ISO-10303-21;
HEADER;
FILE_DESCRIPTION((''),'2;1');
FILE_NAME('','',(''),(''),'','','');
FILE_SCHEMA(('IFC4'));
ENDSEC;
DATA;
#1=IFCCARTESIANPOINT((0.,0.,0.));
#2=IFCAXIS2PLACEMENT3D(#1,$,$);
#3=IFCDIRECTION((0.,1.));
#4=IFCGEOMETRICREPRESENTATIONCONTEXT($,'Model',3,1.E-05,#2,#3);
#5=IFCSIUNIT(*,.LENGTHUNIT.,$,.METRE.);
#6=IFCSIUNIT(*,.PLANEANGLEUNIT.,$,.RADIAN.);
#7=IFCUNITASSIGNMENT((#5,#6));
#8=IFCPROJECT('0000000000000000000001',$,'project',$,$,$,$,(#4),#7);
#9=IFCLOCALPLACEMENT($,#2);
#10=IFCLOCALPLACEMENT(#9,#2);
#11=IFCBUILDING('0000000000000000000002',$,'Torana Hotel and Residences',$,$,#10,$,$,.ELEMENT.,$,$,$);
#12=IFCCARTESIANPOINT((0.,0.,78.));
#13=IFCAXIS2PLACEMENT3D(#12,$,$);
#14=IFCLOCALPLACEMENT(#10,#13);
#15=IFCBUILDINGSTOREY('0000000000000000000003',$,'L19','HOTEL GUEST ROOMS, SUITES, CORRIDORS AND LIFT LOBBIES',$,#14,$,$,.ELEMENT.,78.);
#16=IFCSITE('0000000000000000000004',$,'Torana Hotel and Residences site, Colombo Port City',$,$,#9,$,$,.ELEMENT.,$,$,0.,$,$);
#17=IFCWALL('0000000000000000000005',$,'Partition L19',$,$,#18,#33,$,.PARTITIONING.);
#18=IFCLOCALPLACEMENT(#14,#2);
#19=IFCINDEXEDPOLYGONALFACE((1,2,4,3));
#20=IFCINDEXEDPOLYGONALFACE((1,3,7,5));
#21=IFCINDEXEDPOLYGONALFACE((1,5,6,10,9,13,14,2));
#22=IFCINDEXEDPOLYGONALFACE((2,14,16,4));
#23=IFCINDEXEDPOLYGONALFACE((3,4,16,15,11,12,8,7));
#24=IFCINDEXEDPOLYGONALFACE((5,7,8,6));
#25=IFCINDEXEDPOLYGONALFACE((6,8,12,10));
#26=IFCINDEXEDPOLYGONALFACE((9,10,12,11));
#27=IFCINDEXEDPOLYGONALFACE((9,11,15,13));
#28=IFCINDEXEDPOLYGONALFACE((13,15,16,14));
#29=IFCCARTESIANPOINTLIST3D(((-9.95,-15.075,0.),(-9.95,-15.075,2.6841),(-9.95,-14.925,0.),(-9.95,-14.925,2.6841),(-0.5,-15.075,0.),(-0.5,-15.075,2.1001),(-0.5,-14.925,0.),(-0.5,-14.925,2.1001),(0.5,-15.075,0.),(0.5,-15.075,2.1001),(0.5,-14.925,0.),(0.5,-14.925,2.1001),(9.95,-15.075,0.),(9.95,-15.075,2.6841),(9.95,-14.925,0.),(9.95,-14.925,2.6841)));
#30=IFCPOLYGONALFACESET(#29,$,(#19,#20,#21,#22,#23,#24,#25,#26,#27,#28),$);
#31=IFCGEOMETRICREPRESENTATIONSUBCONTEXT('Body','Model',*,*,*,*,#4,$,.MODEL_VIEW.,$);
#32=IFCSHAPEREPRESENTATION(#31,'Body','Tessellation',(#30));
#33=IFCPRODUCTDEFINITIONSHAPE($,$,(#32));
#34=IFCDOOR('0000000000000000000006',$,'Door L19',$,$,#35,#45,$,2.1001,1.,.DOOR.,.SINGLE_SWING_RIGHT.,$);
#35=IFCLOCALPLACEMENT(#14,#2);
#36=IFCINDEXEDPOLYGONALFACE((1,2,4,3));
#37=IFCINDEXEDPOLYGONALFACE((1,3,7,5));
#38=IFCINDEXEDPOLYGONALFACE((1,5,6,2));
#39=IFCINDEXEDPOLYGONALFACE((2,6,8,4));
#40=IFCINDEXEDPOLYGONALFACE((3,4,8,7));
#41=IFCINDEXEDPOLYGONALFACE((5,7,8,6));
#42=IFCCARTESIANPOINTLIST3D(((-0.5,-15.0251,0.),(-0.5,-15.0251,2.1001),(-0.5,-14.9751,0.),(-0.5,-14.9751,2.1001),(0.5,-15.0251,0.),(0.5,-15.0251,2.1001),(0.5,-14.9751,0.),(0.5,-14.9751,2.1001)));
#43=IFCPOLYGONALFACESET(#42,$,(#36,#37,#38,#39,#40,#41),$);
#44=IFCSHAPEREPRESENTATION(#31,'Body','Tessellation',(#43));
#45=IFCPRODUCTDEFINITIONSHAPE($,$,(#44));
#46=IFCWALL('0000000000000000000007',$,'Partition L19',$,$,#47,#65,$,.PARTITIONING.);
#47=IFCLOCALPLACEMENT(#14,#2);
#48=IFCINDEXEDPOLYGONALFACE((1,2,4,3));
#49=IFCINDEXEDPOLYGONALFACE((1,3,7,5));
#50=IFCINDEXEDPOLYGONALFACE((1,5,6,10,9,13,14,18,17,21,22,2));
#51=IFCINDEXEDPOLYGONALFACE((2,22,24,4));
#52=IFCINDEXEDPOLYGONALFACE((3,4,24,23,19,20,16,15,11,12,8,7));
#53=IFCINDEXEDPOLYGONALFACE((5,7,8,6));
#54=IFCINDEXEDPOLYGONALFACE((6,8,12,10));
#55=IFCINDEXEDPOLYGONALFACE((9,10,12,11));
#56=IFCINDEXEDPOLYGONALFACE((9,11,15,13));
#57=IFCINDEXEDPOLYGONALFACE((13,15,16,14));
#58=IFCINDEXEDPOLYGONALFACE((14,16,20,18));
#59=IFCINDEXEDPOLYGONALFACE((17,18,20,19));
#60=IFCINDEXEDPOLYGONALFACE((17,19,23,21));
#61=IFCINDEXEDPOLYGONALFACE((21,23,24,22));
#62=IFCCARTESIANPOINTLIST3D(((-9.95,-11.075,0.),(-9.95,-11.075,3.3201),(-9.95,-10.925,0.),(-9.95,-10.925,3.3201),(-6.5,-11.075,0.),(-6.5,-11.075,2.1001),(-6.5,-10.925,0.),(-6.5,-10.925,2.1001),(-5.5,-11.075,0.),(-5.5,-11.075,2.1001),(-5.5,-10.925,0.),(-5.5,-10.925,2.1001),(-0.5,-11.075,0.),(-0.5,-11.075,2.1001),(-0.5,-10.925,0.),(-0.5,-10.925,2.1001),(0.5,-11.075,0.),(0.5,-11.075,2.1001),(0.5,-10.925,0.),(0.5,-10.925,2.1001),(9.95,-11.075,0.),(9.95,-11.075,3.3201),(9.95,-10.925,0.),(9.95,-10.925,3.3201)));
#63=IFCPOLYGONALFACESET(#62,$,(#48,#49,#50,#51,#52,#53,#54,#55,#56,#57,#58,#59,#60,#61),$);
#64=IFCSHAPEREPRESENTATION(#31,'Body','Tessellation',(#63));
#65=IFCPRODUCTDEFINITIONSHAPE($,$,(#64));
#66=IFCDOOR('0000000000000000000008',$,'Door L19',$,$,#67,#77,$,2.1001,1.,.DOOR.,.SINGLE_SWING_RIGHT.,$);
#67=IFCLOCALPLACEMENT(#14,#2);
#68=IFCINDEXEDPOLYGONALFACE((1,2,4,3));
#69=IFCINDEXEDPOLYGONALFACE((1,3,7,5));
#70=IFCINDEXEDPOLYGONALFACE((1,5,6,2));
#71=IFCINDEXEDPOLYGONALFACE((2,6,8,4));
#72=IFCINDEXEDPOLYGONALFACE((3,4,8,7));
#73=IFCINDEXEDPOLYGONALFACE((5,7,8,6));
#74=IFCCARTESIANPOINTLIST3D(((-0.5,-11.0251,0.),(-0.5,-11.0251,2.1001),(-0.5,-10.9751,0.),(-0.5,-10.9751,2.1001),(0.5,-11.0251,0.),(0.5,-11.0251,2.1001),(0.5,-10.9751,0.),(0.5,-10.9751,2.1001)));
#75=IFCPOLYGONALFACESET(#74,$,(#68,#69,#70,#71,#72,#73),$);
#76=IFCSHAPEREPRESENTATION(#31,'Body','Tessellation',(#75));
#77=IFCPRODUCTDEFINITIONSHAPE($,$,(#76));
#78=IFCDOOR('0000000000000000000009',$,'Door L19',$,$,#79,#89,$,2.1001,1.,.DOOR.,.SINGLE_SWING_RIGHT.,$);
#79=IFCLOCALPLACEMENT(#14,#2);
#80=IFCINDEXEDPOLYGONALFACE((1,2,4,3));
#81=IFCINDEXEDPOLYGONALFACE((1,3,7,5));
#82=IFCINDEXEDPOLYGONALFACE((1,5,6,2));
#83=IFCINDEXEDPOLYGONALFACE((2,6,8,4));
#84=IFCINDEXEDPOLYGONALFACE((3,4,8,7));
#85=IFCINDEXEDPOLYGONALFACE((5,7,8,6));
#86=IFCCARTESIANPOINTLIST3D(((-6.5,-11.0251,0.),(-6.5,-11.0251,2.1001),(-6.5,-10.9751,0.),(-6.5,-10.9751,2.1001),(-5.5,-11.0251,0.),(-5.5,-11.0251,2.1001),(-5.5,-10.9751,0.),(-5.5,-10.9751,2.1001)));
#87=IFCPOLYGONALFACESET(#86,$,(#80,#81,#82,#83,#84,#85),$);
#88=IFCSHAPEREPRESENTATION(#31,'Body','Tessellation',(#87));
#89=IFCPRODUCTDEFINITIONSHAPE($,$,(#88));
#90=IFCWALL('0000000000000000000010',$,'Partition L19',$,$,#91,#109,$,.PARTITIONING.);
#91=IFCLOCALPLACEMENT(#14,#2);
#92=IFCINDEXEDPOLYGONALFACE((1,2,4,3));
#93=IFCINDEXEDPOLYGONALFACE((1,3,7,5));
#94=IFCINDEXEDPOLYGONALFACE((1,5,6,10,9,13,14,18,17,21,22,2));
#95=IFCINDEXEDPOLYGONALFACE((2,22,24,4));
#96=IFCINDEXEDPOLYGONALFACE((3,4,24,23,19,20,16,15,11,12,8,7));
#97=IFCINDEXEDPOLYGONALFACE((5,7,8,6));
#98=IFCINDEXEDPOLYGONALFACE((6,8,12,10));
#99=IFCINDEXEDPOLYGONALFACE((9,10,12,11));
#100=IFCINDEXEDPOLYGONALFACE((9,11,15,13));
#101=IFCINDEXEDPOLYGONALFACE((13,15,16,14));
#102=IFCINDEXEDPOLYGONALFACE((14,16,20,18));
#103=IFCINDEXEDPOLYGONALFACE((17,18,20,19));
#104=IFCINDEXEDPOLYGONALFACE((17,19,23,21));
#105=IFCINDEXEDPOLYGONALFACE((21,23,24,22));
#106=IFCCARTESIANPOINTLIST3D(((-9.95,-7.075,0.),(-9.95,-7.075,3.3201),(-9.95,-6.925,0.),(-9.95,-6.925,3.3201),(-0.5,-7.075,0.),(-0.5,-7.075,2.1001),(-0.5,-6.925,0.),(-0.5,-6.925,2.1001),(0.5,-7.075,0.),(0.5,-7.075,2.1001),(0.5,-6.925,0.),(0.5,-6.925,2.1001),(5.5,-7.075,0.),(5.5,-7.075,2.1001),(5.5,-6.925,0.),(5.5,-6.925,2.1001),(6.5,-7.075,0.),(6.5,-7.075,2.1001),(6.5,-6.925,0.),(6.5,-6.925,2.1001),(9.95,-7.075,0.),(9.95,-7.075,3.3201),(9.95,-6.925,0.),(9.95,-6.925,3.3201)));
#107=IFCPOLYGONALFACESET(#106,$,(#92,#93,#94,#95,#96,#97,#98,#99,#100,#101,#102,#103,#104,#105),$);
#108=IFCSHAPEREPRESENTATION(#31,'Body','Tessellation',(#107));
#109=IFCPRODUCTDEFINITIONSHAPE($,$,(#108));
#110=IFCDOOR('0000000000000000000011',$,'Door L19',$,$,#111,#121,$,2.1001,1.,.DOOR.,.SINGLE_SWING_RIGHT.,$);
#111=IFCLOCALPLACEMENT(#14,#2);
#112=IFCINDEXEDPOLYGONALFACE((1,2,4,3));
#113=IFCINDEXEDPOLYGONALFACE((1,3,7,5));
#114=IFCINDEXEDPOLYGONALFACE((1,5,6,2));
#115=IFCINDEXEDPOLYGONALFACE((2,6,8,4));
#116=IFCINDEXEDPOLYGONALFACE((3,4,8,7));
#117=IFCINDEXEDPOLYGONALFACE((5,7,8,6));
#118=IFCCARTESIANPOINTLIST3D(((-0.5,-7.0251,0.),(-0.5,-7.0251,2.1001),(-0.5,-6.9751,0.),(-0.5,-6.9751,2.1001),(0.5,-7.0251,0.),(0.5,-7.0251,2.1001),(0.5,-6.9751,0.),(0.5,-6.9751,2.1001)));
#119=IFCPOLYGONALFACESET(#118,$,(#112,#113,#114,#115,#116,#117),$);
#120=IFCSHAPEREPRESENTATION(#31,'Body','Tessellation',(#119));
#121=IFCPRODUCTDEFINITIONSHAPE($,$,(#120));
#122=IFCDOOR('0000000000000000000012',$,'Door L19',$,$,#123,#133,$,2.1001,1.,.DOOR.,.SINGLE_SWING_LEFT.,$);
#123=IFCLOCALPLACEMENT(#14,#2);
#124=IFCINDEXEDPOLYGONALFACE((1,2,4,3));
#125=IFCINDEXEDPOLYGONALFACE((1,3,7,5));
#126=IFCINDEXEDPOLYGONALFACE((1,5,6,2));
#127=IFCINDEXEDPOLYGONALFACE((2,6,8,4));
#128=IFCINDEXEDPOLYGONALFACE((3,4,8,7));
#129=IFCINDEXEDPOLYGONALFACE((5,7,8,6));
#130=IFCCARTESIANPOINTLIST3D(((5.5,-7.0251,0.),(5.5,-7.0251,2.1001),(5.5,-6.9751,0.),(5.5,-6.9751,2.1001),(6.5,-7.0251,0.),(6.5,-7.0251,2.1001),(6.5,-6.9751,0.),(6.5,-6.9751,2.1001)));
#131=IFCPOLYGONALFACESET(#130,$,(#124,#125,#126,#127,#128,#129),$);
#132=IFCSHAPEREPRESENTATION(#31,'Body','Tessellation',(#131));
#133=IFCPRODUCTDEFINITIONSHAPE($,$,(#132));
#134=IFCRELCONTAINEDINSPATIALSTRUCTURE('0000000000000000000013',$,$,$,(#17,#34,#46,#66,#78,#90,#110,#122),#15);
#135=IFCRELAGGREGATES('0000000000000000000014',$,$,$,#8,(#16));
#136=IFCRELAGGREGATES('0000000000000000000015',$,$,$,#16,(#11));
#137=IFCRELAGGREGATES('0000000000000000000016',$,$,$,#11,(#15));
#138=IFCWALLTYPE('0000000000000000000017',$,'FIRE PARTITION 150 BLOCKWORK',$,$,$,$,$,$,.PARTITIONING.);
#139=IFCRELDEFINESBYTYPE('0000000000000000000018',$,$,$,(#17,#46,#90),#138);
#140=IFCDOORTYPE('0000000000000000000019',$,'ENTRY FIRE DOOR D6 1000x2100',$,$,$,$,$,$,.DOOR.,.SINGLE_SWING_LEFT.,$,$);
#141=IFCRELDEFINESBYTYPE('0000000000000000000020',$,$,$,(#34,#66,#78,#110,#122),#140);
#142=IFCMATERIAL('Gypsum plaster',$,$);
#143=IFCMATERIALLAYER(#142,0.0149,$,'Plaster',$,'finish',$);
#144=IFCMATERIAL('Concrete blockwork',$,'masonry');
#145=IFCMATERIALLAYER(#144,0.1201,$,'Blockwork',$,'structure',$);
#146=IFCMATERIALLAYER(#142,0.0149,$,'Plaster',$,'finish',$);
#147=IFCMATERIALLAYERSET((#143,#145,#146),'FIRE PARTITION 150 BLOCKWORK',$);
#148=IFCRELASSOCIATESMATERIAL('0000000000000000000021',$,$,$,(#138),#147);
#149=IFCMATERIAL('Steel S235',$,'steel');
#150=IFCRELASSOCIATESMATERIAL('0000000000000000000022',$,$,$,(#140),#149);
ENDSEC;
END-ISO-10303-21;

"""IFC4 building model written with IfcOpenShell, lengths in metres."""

from ifc_helpers import new_model, si_unit, direction, frame, frame_2d, origin, place, context, subcontext, project, spatial, rectangle, extrude, material, layer, layer_set, type_object, element, fill, save


model = new_model("IFC4")

# Units and contexts
model_context = context("Model", 3, precision=1e-05, world=origin(), true_north=direction((0.0, 1.0)))
body_context = subcontext(model_context, "Body", "Model", "MODEL_VIEW")
ifc_project = project(units=[si_unit("LENGTHUNIT", "METRE"), si_unit("PLANEANGLEUNIT", "RADIAN")], contexts=[model_context])

# Site, building, storey
site_placement = place(None, origin())
site = spatial("IfcSite", under=ifc_project, at=site_placement, Name="Torana Hotel and Residences site, Colombo Port City", CompositionType="ELEMENT", RefElevation=0.0)
building_placement = place(site_placement, origin())
building = spatial("IfcBuilding", under=site, at=building_placement, Name="Torana Hotel and Residences", CompositionType="ELEMENT")
storey_placement = place(building_placement, frame((0.0, 0.0, 78.0)))
storey = spatial("IfcBuildingStorey", under=building, at=storey_placement, Name="L19", Description="HOTEL GUEST ROOMS, SUITES, CORRIDORS AND LIFT LOBBIES", CompositionType="ELEMENT", Elevation=78.0)

# Shared definitions
ifc_material_1 = material(Name="Gypsum plaster")
ifc_layer_1 = layer(ifc_material_1, 0.0149, Name="Plaster", Category="finish")
ifc_material_2 = material(Name="Concrete blockwork", Category="masonry")
ifc_layer_2 = layer(ifc_material_2, 0.1201, Name="Blockwork", Category="structure")
ifc_layer_3 = layer(ifc_material_1, 0.0149, Name="Plaster", Category="finish")
ifc_layer_set_1 = layer_set([ifc_layer_1, ifc_layer_2, ifc_layer_3], Name="FIRE PARTITION 150 BLOCKWORK")
wall_type_1 = type_object("IfcWallType", Name="FIRE PARTITION 150 BLOCKWORK", PredefinedType="PARTITIONING", material=ifc_layer_set_1)

# Wall, opening, door
wall_1_placement = place(storey_placement, frame((-9.95, -15.0, 0.0), z_axis=(0.0, 0.0, 1.0), x_axis=(1.0, 0.0, 0.0)))
wall_1 = element("IfcWall", 1, at=wall_1_placement, inside=storey, type_object=wall_type_1, Name="Partition L19", PredefinedType="PARTITIONING", context=body_context, shape_type="SweptSolid", body=[
    extrude(rectangle(XDim=19.8999, YDim=0.1499, at=frame_2d((9.95, 0.0))), origin(), (0.0, 0.0, 1.0), 2.6841),
])
opening_1_placement = place(wall_1_placement, frame((9.45, 0.0, 0.0)))
opening_1 = element("IfcOpeningElement", 2, at=opening_1_placement, cuts=wall_1, PredefinedType="OPENING", context=body_context, shape_type="SweptSolid", body=[
    extrude(rectangle(XDim=1.0, YDim=2.1001, at=frame_2d((0.5, 1.05))), frame((0.0, 0.085, 0.0), z_axis=(0.0, -1.0, 0.0), x_axis=(1.0, 0.0, 0.0)), (0.0, 0.0, 1.0), 0.1699),
])
ifc_material_3 = material(Name="Steel S235", Category="steel")
door_type = type_object("IfcDoorType", Name="ENTRY FIRE DOOR D6 1000x2100", OperationType="SINGLE_SWING_LEFT", PredefinedType="DOOR", material=ifc_material_3)
door_1_placement = place(opening_1_placement, origin())
door_1 = element("IfcDoor", 3, at=door_1_placement, inside=storey, type_object=door_type, Name="Door L19", OperationType="SINGLE_SWING_RIGHT", OverallHeight=2.1001, OverallWidth=1.0, PredefinedType="DOOR", context=body_context, shape_type="SweptSolid", body=[
    extrude(rectangle(XDim=1.0, YDim=2.1001, at=frame_2d((0.5, 1.05))), frame((0.0, 0.0249, 0.0), z_axis=(0.0, -1.0, 0.0), x_axis=(1.0, 0.0, 0.0)), (0.0, 0.0, 1.0), 0.05),
])
fill(opening_1, door_1)

# Walls, openings, doors
wall_2_placement = place(storey_placement, frame((-9.95, -11.0, 0.0), z_axis=(0.0, 0.0, 1.0), x_axis=(1.0, 0.0, 0.0)))
wall_2 = element("IfcWall", 4, at=wall_2_placement, inside=storey, type_object=wall_type_1, Name="Partition L19", PredefinedType="PARTITIONING", context=body_context, shape_type="SweptSolid", body=[
    extrude(rectangle(XDim=19.8999, YDim=0.1499, at=frame_2d((9.95, 0.0))), origin(), (0.0, 0.0, 1.0), 3.3201),
])
opening_2_placement = place(wall_2_placement, frame((9.45, 0.0, 0.0)))
opening_2 = element("IfcOpeningElement", 5, at=opening_2_placement, cuts=wall_2, PredefinedType="OPENING", context=body_context, shape_type="SweptSolid", body=[
    extrude(rectangle(XDim=1.0, YDim=2.1001, at=frame_2d((0.5, 1.05))), frame((0.0, 0.085, 0.0), z_axis=(0.0, -1.0, 0.0), x_axis=(1.0, 0.0, 0.0)), (0.0, 0.0, 1.0), 0.1699),
])
opening_3_placement = place(wall_2_placement, frame((3.45, 0.0, 0.0)))
opening_3 = element("IfcOpeningElement", 6, at=opening_3_placement, cuts=wall_2, PredefinedType="OPENING", context=body_context, shape_type="SweptSolid", body=[
    extrude(rectangle(XDim=1.0, YDim=2.1001, at=frame_2d((0.5, 1.05))), frame((0.0, 0.085, 0.0), z_axis=(0.0, -1.0, 0.0), x_axis=(1.0, 0.0, 0.0)), (0.0, 0.0, 1.0), 0.1699),
])
door_2_placement = place(opening_2_placement, origin())
door_2 = element("IfcDoor", 7, at=door_2_placement, inside=storey, type_object=door_type, Name="Door L19", OperationType="SINGLE_SWING_RIGHT", OverallHeight=2.1001, OverallWidth=1.0, PredefinedType="DOOR", context=body_context, shape_type="SweptSolid", body=[
    extrude(rectangle(XDim=1.0, YDim=2.1001, at=frame_2d((0.5, 1.05))), frame((0.0, 0.0249, 0.0), z_axis=(0.0, -1.0, 0.0), x_axis=(1.0, 0.0, 0.0)), (0.0, 0.0, 1.0), 0.05),
])
fill(opening_2, door_2)
door_3_placement = place(opening_3_placement, origin())
door_3 = element("IfcDoor", 8, at=door_3_placement, inside=storey, type_object=door_type, Name="Door L19", OperationType="SINGLE_SWING_RIGHT", OverallHeight=2.1001, OverallWidth=1.0, PredefinedType="DOOR", context=body_context, shape_type="SweptSolid", body=[
    extrude(rectangle(XDim=1.0, YDim=2.1001, at=frame_2d((0.5, 1.05))), frame((0.0, 0.0249, 0.0), z_axis=(0.0, -1.0, 0.0), x_axis=(1.0, 0.0, 0.0)), (0.0, 0.0, 1.0), 0.05),
])
fill(opening_3, door_3)
wall_3_placement = place(storey_placement, frame((-9.95, -7.0, 0.0), z_axis=(0.0, 0.0, 1.0), x_axis=(1.0, 0.0, 0.0)))
wall_3 = element("IfcWall", 9, at=wall_3_placement, inside=storey, type_object=wall_type_1, Name="Partition L19", PredefinedType="PARTITIONING", context=body_context, shape_type="SweptSolid", body=[
    extrude(rectangle(XDim=19.8999, YDim=0.1499, at=frame_2d((9.95, 0.0))), origin(), (0.0, 0.0, 1.0), 3.3201),
])
opening_4_placement = place(wall_3_placement, frame((9.45, 0.0, 0.0)))
opening_4 = element("IfcOpeningElement", 10, at=opening_4_placement, cuts=wall_3, PredefinedType="OPENING", context=body_context, shape_type="SweptSolid", body=[
    extrude(rectangle(XDim=1.0, YDim=2.1001, at=frame_2d((0.5, 1.05))), frame((0.0, 0.085, 0.0), z_axis=(0.0, -1.0, 0.0), x_axis=(1.0, 0.0, 0.0)), (0.0, 0.0, 1.0), 0.1699),
])
opening_5_placement = place(wall_3_placement, frame((15.45, 0.0, 0.0)))
opening_5 = element("IfcOpeningElement", 11, at=opening_5_placement, cuts=wall_3, PredefinedType="OPENING", context=body_context, shape_type="SweptSolid", body=[
    extrude(rectangle(XDim=1.0, YDim=2.1001, at=frame_2d((0.5, 1.05))), frame((0.0, 0.085, 0.0), z_axis=(0.0, -1.0, 0.0), x_axis=(1.0, 0.0, 0.0)), (0.0, 0.0, 1.0), 0.1699),
])
door_4_placement = place(opening_4_placement, origin())
door_4 = element("IfcDoor", 12, at=door_4_placement, inside=storey, type_object=door_type, Name="Door L19", OperationType="SINGLE_SWING_RIGHT", OverallHeight=2.1001, OverallWidth=1.0, PredefinedType="DOOR", context=body_context, shape_type="SweptSolid", body=[
    extrude(rectangle(XDim=1.0, YDim=2.1001, at=frame_2d((0.5, 1.05))), frame((0.0, 0.0249, 0.0), z_axis=(0.0, -1.0, 0.0), x_axis=(1.0, 0.0, 0.0)), (0.0, 0.0, 1.0), 0.05),
])
fill(opening_4, door_4)
door_5_placement = place(opening_5_placement, frame((0.5, 0.0, 0.0), z_axis=(0.0, 0.0, 1.0), x_axis=(-1.0, 0.0, 0.0)))
door_5 = element("IfcDoor", 13, at=door_5_placement, inside=storey, type_object=door_type, Name="Door L19", OperationType="SINGLE_SWING_LEFT", OverallHeight=2.1001, OverallWidth=1.0, PredefinedType="DOOR", context=body_context, shape_type="SweptSolid", body=[
    extrude(rectangle(XDim=1.0, YDim=2.1001, at=frame_2d((0.0, 1.05))), frame((0.0, -0.0249, 0.0), z_axis=(0.0, 1.0, 0.0), x_axis=(-1.0, 0.0, 0.0)), (0.0, 0.0, 1.0), 0.05),
])
fill(opening_5, door_5)

save(model, "model.ifc")
